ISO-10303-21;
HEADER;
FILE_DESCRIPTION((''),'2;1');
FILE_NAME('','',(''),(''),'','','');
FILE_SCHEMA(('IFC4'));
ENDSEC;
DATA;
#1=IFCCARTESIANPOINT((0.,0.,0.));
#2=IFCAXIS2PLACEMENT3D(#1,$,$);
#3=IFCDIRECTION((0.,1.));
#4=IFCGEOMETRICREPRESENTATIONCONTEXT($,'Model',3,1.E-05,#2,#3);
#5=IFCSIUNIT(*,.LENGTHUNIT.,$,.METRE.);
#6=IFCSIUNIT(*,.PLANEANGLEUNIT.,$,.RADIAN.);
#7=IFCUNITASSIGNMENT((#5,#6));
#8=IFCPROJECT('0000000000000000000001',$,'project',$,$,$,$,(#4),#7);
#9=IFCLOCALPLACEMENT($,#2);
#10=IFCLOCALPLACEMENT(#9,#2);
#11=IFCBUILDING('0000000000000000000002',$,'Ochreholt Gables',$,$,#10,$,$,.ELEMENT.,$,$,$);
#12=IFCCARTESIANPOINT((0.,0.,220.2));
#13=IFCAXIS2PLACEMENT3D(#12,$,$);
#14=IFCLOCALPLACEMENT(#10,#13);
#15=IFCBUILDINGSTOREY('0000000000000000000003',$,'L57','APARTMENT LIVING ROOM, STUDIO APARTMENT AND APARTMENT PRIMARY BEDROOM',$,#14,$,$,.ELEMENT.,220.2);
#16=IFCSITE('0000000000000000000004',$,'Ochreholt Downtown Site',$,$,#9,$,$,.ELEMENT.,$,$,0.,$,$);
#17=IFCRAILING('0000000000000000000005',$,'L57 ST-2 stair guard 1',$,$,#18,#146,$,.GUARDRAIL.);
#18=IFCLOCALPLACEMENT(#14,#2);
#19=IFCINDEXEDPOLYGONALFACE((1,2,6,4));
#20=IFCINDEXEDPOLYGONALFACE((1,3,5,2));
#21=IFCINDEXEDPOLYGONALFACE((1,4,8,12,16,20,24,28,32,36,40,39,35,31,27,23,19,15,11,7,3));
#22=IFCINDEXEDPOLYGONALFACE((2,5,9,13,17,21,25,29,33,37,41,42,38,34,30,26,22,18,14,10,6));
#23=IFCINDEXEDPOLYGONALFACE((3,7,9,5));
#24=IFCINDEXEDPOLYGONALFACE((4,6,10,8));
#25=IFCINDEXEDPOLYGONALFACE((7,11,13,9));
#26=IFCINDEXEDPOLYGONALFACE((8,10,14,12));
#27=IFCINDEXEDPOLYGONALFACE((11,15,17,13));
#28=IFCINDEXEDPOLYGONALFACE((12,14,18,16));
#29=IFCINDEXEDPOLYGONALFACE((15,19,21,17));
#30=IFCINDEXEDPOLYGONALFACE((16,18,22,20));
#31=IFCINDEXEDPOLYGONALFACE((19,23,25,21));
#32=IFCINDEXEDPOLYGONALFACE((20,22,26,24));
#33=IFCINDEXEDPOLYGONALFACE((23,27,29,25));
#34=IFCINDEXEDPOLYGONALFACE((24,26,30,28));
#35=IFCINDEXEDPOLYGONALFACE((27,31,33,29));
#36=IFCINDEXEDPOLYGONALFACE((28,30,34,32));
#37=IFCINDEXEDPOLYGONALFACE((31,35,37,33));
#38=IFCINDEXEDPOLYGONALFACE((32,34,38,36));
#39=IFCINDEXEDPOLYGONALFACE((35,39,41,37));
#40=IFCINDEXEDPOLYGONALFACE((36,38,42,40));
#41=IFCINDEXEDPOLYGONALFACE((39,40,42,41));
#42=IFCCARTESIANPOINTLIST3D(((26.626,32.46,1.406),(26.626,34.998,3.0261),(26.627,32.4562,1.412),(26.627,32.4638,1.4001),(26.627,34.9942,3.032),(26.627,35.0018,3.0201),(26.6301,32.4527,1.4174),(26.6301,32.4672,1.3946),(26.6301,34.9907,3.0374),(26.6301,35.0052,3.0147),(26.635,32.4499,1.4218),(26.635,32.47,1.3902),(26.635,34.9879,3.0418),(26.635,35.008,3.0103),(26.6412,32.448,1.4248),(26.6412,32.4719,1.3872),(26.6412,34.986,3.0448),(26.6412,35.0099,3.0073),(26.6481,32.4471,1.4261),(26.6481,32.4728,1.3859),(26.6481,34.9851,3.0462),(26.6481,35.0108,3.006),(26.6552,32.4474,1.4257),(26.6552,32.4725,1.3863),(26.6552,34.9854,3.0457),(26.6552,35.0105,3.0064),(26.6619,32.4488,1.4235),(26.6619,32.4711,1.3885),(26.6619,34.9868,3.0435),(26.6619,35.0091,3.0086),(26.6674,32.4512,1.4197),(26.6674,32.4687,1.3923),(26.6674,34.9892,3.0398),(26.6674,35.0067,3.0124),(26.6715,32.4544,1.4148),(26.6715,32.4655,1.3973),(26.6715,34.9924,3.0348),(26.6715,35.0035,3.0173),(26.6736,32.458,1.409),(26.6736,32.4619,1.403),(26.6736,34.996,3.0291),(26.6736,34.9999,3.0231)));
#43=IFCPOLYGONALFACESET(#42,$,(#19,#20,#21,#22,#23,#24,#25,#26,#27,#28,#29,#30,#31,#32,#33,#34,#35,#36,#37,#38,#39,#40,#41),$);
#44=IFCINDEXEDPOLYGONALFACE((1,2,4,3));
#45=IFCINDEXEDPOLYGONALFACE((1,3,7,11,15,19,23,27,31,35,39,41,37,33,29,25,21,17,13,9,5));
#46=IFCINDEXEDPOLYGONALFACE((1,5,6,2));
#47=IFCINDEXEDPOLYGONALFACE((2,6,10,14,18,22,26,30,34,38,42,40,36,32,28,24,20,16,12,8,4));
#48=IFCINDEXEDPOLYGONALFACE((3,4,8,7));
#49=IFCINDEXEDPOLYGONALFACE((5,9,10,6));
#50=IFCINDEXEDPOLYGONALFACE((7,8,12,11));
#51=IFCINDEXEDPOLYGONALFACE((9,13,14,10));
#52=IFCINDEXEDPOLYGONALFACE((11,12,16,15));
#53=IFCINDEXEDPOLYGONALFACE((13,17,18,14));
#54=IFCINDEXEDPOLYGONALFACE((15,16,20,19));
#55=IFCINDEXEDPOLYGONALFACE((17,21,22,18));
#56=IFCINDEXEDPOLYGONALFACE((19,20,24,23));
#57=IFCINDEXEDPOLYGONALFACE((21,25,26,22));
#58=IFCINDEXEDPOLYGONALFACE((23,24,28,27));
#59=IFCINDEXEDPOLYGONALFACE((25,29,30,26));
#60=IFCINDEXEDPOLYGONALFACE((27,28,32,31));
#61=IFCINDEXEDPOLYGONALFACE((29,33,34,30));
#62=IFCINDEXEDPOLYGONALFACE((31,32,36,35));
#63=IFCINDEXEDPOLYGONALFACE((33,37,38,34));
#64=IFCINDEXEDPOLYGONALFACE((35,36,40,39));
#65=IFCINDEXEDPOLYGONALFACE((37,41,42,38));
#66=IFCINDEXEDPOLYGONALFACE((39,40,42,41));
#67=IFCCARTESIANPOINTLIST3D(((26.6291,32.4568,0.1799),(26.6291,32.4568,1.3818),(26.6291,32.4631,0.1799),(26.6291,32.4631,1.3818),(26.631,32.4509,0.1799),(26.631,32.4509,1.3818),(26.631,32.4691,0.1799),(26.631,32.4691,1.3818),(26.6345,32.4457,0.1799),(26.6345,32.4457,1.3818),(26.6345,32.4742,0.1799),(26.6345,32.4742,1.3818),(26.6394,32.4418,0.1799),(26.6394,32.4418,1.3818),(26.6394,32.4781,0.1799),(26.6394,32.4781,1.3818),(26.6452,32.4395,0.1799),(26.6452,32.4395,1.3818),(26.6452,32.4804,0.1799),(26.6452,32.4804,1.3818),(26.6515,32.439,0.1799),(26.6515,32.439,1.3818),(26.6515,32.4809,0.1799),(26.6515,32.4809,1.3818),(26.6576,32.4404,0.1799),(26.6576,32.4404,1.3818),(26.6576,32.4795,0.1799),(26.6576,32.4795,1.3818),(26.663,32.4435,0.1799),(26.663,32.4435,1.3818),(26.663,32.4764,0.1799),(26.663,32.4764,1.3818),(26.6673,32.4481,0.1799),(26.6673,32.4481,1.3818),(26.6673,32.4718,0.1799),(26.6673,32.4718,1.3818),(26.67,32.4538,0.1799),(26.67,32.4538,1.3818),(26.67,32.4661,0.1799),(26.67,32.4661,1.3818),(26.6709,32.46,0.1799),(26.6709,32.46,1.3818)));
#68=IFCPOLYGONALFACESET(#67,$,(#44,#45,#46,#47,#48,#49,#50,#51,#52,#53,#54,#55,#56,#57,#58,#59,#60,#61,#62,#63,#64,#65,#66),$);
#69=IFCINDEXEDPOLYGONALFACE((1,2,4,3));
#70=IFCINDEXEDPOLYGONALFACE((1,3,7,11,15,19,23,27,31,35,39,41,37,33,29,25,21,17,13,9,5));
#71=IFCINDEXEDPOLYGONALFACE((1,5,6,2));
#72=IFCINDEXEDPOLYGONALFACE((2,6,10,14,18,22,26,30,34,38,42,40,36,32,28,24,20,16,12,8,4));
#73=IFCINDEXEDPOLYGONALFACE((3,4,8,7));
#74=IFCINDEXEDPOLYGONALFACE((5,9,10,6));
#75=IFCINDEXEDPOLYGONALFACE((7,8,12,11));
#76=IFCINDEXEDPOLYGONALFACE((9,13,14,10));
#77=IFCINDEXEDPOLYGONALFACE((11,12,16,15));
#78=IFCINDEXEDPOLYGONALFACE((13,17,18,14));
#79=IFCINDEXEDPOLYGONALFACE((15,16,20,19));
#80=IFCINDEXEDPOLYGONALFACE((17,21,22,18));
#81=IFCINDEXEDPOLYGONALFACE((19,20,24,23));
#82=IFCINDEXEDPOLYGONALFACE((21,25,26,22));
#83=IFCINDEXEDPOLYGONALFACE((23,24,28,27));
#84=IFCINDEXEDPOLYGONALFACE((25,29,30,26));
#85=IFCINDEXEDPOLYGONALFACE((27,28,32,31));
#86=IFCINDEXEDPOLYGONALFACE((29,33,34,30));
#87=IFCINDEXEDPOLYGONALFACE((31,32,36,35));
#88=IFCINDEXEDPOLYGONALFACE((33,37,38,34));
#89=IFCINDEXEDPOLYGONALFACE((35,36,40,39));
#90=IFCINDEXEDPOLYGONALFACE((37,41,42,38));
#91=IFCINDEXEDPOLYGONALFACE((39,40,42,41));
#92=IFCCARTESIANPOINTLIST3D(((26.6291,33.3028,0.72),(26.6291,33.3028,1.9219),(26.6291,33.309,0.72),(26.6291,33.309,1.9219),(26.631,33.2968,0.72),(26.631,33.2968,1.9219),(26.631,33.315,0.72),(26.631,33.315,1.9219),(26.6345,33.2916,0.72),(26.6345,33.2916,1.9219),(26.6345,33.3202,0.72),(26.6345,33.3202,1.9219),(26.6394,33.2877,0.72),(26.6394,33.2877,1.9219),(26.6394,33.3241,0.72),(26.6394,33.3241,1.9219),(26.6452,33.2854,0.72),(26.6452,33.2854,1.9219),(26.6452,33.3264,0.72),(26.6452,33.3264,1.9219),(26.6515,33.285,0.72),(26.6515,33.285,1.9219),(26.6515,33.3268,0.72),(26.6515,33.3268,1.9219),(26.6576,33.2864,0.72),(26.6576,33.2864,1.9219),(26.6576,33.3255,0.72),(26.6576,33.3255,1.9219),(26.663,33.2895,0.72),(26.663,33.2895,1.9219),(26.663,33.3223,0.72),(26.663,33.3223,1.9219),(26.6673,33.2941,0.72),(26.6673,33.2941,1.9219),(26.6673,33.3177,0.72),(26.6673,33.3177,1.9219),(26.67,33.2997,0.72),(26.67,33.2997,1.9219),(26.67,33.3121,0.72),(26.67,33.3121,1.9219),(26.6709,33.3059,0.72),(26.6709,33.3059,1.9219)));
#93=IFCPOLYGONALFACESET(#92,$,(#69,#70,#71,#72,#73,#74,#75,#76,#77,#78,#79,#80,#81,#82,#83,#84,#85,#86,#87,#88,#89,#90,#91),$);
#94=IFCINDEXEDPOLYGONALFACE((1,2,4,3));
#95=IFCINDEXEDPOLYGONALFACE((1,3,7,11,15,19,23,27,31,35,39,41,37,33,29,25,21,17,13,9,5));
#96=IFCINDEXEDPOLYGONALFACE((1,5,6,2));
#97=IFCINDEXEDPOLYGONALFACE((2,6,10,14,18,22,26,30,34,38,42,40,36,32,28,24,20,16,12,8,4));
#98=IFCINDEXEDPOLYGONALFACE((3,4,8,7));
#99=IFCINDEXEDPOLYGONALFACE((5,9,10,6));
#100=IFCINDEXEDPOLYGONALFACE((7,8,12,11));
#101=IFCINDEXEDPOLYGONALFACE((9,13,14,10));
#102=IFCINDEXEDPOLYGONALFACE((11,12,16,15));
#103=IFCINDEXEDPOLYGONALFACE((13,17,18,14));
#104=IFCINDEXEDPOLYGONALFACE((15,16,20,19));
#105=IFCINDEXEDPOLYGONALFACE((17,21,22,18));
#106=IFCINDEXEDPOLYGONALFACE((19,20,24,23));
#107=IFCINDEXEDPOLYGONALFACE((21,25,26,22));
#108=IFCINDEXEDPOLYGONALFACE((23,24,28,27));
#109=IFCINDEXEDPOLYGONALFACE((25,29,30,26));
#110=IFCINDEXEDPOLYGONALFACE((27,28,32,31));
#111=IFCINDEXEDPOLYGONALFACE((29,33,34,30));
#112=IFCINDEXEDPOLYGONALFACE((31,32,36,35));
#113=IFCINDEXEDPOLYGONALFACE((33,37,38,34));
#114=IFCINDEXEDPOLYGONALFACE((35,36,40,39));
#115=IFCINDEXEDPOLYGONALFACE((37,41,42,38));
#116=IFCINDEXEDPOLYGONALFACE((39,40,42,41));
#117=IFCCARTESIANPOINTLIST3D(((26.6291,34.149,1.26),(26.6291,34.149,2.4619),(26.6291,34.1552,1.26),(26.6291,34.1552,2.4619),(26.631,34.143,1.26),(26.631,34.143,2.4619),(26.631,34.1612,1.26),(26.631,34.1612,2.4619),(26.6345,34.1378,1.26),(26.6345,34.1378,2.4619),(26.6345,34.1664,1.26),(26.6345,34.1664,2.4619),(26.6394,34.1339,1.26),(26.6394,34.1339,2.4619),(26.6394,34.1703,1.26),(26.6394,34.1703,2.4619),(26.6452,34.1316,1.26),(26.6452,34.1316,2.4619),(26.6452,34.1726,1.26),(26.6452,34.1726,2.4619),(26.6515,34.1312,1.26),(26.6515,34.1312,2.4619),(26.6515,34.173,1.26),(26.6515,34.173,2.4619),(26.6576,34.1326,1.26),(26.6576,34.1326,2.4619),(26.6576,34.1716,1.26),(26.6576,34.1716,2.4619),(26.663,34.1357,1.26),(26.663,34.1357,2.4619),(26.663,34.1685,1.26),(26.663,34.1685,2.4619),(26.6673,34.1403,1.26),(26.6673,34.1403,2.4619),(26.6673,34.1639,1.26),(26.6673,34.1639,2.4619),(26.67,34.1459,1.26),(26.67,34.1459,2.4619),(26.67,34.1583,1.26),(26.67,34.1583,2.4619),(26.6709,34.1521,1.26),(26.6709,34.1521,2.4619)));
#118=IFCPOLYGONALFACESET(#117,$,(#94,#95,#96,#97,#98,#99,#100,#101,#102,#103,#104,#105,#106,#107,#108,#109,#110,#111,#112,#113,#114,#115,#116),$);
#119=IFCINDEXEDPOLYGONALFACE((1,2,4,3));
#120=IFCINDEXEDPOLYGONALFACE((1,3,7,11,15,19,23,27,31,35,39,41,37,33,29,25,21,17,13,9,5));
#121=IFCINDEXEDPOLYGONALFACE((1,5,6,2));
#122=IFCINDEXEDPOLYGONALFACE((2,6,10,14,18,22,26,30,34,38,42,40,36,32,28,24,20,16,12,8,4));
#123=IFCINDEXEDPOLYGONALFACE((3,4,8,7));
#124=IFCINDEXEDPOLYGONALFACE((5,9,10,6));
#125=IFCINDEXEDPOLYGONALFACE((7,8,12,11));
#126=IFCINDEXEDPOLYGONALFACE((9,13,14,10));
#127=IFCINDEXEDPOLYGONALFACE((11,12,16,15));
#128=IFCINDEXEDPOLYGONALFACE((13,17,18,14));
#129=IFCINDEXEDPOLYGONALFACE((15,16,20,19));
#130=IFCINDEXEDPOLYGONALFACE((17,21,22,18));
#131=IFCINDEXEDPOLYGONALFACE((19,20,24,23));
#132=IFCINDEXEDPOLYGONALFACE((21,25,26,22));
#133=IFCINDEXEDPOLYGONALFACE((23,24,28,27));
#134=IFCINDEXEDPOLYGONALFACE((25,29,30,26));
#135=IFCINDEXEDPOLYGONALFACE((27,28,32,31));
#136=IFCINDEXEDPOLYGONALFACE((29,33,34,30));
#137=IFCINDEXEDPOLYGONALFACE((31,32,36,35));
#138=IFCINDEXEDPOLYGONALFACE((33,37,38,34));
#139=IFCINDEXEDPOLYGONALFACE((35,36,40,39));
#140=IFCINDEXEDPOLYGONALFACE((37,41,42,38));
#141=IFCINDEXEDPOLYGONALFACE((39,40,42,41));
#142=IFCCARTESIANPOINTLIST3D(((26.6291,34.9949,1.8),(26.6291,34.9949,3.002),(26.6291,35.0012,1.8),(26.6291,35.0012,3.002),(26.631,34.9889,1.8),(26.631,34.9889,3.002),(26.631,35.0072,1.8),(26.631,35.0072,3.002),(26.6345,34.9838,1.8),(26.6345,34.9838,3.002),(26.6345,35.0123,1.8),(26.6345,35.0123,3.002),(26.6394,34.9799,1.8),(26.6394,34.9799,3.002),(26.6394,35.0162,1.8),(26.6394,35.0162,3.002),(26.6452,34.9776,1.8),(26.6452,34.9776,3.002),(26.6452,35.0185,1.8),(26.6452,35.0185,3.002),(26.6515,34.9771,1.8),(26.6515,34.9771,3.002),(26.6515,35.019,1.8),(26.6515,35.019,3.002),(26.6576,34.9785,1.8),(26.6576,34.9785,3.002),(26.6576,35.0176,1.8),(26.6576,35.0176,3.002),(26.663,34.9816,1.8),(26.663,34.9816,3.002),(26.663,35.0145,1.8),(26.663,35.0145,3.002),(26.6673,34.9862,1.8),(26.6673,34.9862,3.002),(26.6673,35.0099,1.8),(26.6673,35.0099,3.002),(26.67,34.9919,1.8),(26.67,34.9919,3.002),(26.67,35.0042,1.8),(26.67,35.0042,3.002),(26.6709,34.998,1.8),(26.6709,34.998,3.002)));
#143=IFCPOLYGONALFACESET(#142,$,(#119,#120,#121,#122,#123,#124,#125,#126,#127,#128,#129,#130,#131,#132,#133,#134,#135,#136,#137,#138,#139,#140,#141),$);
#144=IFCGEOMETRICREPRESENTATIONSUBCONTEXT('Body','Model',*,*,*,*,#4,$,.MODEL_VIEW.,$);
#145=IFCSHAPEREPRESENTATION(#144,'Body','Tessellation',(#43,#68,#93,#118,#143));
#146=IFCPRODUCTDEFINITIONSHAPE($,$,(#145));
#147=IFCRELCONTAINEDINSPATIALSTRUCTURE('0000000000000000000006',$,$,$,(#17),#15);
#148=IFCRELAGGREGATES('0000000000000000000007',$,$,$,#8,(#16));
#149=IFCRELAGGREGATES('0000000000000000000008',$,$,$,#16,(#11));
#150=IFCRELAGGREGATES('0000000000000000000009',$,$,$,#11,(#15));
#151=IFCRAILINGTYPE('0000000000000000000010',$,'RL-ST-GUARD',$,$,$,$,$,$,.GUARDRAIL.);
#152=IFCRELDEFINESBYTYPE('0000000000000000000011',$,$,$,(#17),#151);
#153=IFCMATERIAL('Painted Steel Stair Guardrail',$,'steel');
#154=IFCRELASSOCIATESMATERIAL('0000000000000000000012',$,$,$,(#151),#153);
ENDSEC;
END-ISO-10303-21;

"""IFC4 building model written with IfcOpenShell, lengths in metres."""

from ifc_helpers import new_model, si_unit, direction, frame, origin, origin_2d, place, context, subcontext, project, spatial, circle, extrude, material, type_object, element, save


model = new_model("IFC4")

# Units and contexts
model_context = context("Model", 3, precision=1e-05, world=origin(), true_north=direction((0.0, 1.0)))
body_context = subcontext(model_context, "Body", "Model", "MODEL_VIEW")
ifc_project = project(units=[si_unit("LENGTHUNIT", "METRE"), si_unit("PLANEANGLEUNIT", "RADIAN")], contexts=[model_context])

# Site, building, storey
site_placement = place(None, origin())
site = spatial("IfcSite", under=ifc_project, at=site_placement, Name="Ochreholt Downtown Site", CompositionType="ELEMENT", RefElevation=0.0)
building_placement = place(site_placement, origin())
building = spatial("IfcBuilding", under=site, at=building_placement, Name="Ochreholt Gables", CompositionType="ELEMENT")
storey_placement = place(building_placement, frame((0.0, 0.0, 220.2)))
storey = spatial("IfcBuildingStorey", under=building, at=storey_placement, Name="L57", Description="APARTMENT LIVING ROOM, STUDIO APARTMENT AND APARTMENT PRIMARY BEDROOM", CompositionType="ELEMENT", Elevation=220.2)

# Railing
ifc_material_1 = material(Name="Painted Steel Stair Guardrail", Category="steel")
railing_type_1 = type_object("IfcRailingType", Name="RL-ST-GUARD", PredefinedType="GUARDRAIL", material=ifc_material_1)
railing_1_placement = place(storey_placement, frame((26.6499, 32.46, 0.1799)))
element("IfcRailing", 1, at=railing_1_placement, inside=storey, type_object=railing_type_1, Name="L57 ST-2 stair guard 1", PredefinedType="GUARDRAIL", context=body_context, shape_type="SweptSolid", body=[
    extrude(circle(Radius=0.0239, at=origin_2d()), frame((0.0, 0.0, 1.2261), z_axis=(0.0, 0.842913, 0.53805), x_axis=(-1.0, 0.0, 0.0)), (0.0, 0.0, 1.0), 3.011),
    extrude(circle(Radius=0.021, at=origin_2d()), origin(), (0.0, 0.0, 1.0), 1.2019),
    extrude(circle(Radius=0.021, at=origin_2d()), frame((0.0, 0.8459, 0.54)), (0.0, 0.0, 1.0), 1.2019),
    extrude(circle(Radius=0.021, at=origin_2d()), frame((0.0, 1.6921, 1.0801)), (0.0, 0.0, 1.0), 1.2019),
    extrude(circle(Radius=0.021, at=origin_2d()), frame((0.0, 2.5381, 1.6201)), (0.0, 0.0, 1.0), 1.2019),
])

save(model, "model.ifc")
